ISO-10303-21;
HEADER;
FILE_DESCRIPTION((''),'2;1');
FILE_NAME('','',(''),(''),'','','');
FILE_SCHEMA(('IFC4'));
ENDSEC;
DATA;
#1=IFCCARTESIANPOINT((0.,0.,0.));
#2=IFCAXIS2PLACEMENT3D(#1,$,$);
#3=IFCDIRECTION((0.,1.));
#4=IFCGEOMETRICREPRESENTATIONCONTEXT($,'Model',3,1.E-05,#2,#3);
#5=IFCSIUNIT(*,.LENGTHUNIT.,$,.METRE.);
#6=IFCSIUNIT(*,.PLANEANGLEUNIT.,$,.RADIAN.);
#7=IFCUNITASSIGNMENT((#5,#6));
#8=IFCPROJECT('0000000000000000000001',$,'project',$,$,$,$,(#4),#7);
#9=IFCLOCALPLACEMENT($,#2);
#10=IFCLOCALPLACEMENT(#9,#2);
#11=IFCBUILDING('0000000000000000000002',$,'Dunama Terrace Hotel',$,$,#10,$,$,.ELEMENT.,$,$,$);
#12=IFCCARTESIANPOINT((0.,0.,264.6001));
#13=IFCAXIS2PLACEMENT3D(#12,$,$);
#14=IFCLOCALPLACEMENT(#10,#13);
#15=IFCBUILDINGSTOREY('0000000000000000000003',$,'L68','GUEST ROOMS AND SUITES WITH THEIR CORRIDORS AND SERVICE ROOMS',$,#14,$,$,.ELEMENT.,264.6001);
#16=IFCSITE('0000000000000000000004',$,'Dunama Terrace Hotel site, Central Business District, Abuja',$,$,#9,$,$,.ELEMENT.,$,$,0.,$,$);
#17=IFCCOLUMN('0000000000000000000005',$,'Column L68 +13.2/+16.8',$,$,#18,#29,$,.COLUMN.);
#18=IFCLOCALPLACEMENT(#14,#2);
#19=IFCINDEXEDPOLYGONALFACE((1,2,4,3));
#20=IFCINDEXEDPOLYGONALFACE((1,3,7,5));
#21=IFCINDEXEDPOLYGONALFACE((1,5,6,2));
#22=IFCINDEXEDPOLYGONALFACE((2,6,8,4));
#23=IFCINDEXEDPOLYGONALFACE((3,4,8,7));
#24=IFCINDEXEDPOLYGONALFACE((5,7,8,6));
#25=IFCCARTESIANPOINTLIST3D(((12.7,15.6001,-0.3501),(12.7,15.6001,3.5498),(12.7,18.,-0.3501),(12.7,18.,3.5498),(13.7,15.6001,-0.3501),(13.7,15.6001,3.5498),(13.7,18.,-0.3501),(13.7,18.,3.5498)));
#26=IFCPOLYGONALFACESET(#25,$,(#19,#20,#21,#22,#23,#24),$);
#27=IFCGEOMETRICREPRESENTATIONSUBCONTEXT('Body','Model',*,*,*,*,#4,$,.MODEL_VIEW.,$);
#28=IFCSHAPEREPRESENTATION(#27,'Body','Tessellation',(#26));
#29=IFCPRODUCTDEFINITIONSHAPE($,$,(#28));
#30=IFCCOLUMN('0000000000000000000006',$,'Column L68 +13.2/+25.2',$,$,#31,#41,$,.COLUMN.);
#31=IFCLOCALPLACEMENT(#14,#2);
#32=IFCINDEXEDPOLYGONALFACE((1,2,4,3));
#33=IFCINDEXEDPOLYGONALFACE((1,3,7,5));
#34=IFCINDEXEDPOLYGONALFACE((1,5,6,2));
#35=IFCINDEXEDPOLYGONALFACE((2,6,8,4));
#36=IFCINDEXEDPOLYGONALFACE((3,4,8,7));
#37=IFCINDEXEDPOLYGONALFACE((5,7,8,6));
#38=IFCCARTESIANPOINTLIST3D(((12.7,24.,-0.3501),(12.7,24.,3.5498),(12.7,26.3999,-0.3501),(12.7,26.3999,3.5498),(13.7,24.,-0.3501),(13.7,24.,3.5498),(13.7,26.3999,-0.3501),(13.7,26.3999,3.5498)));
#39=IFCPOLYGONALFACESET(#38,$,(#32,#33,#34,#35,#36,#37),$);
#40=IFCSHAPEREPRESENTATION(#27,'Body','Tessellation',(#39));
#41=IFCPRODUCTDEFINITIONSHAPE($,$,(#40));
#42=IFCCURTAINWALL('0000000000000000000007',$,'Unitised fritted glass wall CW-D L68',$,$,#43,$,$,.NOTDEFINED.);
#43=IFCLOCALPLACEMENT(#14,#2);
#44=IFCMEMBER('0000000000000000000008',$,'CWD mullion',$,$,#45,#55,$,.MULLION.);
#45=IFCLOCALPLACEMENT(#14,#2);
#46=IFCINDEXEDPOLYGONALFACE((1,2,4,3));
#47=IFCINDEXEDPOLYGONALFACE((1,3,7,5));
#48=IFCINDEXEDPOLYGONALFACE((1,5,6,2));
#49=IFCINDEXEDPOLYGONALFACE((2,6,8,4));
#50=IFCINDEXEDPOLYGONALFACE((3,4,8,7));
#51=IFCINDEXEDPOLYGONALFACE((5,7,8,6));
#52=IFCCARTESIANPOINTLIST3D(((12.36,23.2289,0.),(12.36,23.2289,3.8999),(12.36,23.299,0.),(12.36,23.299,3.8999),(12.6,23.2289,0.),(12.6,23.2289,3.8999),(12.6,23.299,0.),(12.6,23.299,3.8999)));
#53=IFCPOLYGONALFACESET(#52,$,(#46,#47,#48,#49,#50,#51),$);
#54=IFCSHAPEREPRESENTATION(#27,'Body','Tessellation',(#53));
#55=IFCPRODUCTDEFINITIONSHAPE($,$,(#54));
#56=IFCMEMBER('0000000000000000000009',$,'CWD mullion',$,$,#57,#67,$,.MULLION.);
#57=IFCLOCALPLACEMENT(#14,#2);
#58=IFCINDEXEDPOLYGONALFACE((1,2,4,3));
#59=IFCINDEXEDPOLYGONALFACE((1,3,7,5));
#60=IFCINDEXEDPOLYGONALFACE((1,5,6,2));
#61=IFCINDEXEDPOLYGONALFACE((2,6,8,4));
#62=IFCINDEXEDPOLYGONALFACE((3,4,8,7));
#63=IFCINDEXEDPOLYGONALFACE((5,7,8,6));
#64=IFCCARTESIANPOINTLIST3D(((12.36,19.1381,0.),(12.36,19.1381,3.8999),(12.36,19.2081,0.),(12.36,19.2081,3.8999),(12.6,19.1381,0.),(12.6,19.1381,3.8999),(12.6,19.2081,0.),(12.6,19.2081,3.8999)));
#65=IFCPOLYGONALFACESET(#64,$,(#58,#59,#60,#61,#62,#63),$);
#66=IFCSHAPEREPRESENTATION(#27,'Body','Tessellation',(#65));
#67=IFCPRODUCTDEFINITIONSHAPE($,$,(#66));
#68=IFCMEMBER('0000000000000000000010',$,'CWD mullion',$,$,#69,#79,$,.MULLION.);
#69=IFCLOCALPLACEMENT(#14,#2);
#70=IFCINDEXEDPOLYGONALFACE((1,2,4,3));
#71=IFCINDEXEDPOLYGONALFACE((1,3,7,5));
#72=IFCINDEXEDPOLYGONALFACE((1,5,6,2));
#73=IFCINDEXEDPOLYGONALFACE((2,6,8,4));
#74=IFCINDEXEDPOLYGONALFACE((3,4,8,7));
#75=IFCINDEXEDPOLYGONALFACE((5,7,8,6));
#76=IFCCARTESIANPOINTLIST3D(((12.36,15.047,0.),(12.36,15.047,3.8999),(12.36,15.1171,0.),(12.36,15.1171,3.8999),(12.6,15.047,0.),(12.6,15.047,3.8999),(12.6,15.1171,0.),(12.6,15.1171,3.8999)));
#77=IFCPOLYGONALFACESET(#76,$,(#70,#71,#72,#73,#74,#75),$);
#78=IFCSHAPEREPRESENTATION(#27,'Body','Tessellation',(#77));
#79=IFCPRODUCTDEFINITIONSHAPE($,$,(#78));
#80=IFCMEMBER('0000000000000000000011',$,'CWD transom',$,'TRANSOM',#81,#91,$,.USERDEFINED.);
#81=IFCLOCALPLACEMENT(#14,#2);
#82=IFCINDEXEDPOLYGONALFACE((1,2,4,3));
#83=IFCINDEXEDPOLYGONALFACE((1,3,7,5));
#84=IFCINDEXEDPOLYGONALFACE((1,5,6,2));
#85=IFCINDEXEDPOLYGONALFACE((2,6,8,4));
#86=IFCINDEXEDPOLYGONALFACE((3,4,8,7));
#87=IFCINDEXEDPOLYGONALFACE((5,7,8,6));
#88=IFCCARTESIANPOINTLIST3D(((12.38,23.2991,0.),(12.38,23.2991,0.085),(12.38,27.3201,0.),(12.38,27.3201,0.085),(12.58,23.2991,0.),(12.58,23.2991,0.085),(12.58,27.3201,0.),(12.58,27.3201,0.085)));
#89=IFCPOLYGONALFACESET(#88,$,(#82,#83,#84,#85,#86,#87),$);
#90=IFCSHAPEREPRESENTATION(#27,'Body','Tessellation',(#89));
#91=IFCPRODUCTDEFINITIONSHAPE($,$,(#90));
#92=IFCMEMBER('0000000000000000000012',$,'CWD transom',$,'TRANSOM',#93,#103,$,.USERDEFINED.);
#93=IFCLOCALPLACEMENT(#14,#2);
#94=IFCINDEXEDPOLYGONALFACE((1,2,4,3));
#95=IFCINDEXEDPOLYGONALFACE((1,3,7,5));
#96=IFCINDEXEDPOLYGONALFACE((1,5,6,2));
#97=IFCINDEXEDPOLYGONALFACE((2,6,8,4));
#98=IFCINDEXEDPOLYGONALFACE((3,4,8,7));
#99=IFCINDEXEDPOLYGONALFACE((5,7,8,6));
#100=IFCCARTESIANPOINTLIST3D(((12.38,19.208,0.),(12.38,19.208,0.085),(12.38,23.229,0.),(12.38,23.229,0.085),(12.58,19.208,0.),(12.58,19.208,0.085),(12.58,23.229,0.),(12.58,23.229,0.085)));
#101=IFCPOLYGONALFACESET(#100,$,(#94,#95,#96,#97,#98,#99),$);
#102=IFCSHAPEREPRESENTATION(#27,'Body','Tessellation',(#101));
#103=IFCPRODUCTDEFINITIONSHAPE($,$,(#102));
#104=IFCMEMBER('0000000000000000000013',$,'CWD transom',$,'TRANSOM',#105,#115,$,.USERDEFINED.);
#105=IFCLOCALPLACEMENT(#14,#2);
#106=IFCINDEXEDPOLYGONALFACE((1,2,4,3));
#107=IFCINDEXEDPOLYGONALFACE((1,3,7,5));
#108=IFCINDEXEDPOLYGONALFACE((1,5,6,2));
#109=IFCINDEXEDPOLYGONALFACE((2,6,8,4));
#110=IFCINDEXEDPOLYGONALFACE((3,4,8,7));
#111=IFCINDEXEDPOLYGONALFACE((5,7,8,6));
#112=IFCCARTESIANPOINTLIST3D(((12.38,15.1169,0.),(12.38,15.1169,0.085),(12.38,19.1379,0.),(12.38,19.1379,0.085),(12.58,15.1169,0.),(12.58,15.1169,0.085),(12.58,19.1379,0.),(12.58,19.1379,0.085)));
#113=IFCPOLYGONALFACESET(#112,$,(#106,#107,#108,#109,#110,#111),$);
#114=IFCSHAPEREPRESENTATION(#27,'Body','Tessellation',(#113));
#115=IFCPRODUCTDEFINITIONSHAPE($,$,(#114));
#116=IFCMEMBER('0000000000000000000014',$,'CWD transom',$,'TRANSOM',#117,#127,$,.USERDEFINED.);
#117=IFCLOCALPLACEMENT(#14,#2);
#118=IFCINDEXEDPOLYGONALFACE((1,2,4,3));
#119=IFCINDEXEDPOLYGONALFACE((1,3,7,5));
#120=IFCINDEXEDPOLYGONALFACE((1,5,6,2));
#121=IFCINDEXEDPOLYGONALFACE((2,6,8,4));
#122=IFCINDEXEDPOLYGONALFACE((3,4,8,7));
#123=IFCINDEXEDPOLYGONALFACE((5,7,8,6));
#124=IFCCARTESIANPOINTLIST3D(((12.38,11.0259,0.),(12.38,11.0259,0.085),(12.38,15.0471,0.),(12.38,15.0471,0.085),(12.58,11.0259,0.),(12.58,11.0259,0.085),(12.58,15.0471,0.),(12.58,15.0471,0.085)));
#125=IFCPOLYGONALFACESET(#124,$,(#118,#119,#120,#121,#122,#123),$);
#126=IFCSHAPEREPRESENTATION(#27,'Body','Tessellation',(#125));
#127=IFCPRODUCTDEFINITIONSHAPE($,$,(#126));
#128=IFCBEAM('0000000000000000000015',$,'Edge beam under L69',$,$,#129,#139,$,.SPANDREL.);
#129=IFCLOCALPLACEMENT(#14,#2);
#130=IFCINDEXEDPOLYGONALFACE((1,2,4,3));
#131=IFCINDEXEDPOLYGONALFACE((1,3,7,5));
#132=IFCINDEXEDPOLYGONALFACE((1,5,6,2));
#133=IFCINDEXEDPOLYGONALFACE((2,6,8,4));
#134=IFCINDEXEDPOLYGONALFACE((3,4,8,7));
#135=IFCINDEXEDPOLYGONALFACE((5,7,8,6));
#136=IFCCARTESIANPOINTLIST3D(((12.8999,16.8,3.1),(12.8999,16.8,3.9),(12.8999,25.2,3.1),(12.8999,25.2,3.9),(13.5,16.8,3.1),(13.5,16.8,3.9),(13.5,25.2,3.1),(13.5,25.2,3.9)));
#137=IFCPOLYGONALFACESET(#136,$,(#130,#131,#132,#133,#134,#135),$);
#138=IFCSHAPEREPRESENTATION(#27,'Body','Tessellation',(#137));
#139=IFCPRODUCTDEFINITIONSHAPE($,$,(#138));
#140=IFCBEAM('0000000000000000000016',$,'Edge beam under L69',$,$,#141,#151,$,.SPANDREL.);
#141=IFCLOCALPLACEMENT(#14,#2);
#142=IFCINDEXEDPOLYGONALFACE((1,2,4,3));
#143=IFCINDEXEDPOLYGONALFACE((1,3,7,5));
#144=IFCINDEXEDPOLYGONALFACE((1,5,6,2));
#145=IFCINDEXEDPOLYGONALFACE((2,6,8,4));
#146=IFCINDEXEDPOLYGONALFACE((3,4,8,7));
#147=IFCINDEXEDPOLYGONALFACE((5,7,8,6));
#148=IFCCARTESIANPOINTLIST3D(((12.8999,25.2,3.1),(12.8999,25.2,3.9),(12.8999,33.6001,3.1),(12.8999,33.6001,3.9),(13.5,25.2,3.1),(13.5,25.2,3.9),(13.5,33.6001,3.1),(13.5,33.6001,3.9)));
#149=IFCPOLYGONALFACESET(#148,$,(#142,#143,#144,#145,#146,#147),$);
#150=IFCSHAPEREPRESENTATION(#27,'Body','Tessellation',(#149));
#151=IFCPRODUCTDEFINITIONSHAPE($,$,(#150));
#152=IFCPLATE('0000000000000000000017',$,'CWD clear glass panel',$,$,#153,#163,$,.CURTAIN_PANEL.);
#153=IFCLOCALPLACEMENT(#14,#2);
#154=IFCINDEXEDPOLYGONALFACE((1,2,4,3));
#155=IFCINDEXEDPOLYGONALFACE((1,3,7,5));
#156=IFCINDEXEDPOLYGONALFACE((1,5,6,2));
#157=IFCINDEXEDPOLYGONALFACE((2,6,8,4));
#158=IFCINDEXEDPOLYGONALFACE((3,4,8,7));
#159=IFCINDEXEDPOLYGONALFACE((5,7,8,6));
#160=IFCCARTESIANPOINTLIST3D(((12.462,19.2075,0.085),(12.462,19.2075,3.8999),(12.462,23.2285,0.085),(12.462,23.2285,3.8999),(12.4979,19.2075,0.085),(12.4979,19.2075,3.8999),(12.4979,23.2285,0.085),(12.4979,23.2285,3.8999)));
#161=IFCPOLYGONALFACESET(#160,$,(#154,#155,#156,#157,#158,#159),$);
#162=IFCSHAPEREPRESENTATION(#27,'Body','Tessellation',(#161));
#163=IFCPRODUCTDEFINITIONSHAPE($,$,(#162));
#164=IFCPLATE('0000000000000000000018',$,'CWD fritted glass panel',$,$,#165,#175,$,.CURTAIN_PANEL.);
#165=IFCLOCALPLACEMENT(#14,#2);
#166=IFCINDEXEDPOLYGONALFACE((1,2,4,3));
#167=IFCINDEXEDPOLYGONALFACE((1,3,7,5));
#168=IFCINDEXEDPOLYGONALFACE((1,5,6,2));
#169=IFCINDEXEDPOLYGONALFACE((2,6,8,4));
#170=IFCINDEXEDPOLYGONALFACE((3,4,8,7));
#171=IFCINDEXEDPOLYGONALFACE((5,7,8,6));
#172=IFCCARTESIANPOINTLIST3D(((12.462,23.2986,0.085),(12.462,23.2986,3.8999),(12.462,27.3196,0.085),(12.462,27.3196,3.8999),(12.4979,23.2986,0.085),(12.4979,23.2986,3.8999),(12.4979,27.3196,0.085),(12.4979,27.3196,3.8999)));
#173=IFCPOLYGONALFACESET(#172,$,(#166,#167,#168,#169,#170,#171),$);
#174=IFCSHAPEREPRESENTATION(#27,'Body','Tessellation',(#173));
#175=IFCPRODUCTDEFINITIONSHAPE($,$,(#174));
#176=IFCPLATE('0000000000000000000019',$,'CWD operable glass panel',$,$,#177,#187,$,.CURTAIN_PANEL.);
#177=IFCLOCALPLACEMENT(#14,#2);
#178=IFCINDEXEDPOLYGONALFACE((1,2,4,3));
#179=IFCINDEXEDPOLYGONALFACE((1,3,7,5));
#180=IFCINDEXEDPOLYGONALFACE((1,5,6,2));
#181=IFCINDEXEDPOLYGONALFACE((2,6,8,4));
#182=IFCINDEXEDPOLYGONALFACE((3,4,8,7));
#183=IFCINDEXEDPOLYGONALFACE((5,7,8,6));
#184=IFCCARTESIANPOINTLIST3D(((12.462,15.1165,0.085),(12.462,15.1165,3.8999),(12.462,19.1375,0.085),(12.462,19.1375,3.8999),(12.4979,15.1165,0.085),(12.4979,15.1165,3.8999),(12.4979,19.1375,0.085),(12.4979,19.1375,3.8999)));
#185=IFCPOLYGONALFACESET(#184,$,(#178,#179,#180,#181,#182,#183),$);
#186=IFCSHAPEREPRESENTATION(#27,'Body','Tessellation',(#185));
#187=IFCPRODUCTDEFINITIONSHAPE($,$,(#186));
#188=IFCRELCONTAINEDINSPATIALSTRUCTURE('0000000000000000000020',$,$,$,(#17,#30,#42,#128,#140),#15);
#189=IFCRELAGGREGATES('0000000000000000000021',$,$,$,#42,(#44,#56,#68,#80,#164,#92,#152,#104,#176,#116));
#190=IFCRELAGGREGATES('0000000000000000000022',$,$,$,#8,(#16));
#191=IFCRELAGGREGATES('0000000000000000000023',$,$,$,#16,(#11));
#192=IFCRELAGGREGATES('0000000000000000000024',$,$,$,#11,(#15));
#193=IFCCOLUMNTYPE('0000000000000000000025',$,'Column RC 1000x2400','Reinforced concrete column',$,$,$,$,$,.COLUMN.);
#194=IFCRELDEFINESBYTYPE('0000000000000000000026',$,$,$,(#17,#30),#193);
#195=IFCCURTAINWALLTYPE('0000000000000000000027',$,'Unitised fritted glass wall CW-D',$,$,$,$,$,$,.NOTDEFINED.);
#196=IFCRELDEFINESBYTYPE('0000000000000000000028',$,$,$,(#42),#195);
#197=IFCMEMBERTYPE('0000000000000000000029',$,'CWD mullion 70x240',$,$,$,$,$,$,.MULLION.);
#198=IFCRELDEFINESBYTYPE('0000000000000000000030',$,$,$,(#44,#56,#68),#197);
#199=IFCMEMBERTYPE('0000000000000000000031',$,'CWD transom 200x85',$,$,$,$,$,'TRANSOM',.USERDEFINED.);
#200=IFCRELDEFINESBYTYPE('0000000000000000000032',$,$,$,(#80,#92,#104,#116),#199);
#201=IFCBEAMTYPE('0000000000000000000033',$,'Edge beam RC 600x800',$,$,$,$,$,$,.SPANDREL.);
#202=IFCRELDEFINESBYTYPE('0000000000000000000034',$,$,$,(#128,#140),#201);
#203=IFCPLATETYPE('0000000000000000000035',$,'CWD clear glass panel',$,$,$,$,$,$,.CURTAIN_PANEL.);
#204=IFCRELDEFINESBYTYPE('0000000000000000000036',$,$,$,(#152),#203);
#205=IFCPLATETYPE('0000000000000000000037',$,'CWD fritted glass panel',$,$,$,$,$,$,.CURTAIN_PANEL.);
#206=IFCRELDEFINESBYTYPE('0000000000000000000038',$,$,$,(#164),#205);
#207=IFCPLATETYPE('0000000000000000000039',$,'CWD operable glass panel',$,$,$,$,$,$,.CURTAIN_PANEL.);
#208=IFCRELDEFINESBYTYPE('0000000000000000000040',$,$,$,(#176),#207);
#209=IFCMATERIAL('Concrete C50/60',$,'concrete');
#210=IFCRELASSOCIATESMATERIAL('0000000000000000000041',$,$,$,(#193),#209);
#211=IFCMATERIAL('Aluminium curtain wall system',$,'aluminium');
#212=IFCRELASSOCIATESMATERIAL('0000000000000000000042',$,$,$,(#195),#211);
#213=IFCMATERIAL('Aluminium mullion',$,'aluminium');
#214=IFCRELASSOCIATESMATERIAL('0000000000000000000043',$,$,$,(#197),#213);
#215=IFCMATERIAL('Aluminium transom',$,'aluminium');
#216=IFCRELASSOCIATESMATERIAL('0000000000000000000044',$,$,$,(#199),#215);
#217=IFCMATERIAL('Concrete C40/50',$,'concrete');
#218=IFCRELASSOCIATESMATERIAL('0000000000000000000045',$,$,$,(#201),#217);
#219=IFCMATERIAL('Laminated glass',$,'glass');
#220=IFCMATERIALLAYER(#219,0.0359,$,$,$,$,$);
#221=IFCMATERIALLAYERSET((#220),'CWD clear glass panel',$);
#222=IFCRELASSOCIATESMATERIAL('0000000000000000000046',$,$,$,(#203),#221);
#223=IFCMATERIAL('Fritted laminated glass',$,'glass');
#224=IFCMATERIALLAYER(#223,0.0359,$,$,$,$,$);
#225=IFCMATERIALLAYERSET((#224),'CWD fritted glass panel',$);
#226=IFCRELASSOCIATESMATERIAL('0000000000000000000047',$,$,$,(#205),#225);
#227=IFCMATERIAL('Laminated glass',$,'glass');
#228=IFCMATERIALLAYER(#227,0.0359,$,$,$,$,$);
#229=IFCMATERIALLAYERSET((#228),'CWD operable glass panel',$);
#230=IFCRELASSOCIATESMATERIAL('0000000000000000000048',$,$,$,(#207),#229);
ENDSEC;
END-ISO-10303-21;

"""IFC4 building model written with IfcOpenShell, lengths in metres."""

from ifc_helpers import new_model, si_unit, direction, frame, origin, origin_2d, place, context, subcontext, project, spatial, rectangle, extrude, material, layer, layer_set, material_profile, profile_set, type_object, element, aggregate, save


model = new_model("IFC4")

# Units and contexts
model_context = context("Model", 3, precision=1e-05, world=origin(), true_north=direction((0.0, 1.0)))
body_context = subcontext(model_context, "Body", "Model", "MODEL_VIEW")
ifc_project = project(units=[si_unit("LENGTHUNIT", "METRE"), si_unit("PLANEANGLEUNIT", "RADIAN")], contexts=[model_context])

# Site, building, storey
site_placement = place(None, origin())
site = spatial("IfcSite", under=ifc_project, at=site_placement, Name="Dunama Terrace Hotel site, Central Business District, Abuja", CompositionType="ELEMENT", RefElevation=0.0)
building_placement = place(site_placement, origin())
building = spatial("IfcBuilding", under=site, at=building_placement, Name="Dunama Terrace Hotel", CompositionType="ELEMENT")
storey_placement = place(building_placement, frame((0.0, 0.0, 264.6001)))
storey = spatial("IfcBuildingStorey", under=building, at=storey_placement, Name="L68", Description="GUEST ROOMS AND SUITES WITH THEIR CORRIDORS AND SERVICE ROOMS", CompositionType="ELEMENT", Elevation=264.6001)

# Columns
ifc_material_1 = material(Name="Concrete C50/60", Category="concrete")
ifc_material_profile_1 = material_profile(ifc_material_1, rectangle(XDim=1.0, YDim=2.3999, at=origin_2d()), Name="RC 1000x2400")
ifc_profile_set_1 = profile_set([ifc_material_profile_1], Name="Concrete C50/60")
column_type = type_object("IfcColumnType", Name="Column RC 1000x2400", Description="Reinforced concrete column", PredefinedType="COLUMN", material=ifc_profile_set_1)
for number, where, z_axis, x_axis, name in (
    (1, (13.2, 16.8, -0.3501), (0.0, 0.0, 1.0), (1.0, 0.0, 0.0), "Column L68 +13.2/+16.8"),
    (2, (13.2, 25.2, -0.3501), (0.0, 0.0, 1.0), (1.0, 0.0, 0.0), "Column L68 +13.2/+25.2"),
):
    element("IfcColumn", number, at=place(storey_placement, frame(where, z_axis=z_axis, x_axis=x_axis)), inside=storey, type_object=column_type, Name=name, PredefinedType="COLUMN", context=body_context, shape_type="SweptSolid", body=[
        extrude(rectangle(XDim=1.0, YDim=2.3999, at=origin_2d()), origin(), (0.0, 0.0, 1.0), 3.8999),
    ])

# Curtain wall, members
ifc_material_2 = material(Name="Aluminium curtain wall system", Category="aluminium")
curtain_wall_type = type_object("IfcCurtainWallType", Name="Unitised fritted glass wall CW-D", PredefinedType="NOTDEFINED", material=ifc_material_2)
curtain_wall_placement = place(storey_placement, origin())
curtain_wall = element("IfcCurtainWall", 3, at=curtain_wall_placement, inside=storey, type_object=curtain_wall_type, Name="Unitised fritted glass wall CW-D L68", PredefinedType="NOTDEFINED")
ifc_material_3 = material(Name="Aluminium mullion", Category="aluminium")
ifc_material_profile_2 = material_profile(ifc_material_3, rectangle(XDim=0.0701, YDim=0.24, at=origin_2d()), Name="CWD MULLION 70X240")
ifc_profile_set_2 = profile_set([ifc_material_profile_2], Name="Aluminium mullion")
member_type_1 = type_object("IfcMemberType", Name="CWD mullion 70x240", PredefinedType="MULLION", material=ifc_profile_set_2)
member_1_placement = place(storey_placement, frame((12.48, 23.2639, 0.0), z_axis=(0.0, 0.0, 1.0), x_axis=(0.0, -1.0, 0.0)))
member_1 = element("IfcMember", 4, at=member_1_placement, type_object=member_type_1, Name="CWD mullion", PredefinedType="MULLION", context=body_context, shape_type="SweptSolid", body=[
    extrude(rectangle(XDim=0.0701, YDim=0.24, at=origin_2d()), origin(), (0.0, 0.0, 1.0), 3.8999),
])
member_2_placement = place(storey_placement, frame((12.48, 19.1731, 0.0), z_axis=(0.0, 0.0, 1.0), x_axis=(0.0, -1.0, 0.0)))
member_2 = element("IfcMember", 5, at=member_2_placement, type_object=member_type_1, Name="CWD mullion", PredefinedType="MULLION", context=body_context, shape_type="SweptSolid", body=[
    extrude(rectangle(XDim=0.0701, YDim=0.24, at=origin_2d()), origin(), (0.0, 0.0, 1.0), 3.8999),
])
member_3_placement = place(storey_placement, frame((12.48, 15.082, 0.0), z_axis=(0.0, 0.0, 1.0), x_axis=(0.0, -1.0, 0.0)))
member_3 = element("IfcMember", 6, at=member_3_placement, type_object=member_type_1, Name="CWD mullion", PredefinedType="MULLION", context=body_context, shape_type="SweptSolid", body=[
    extrude(rectangle(XDim=0.0701, YDim=0.24, at=origin_2d()), origin(), (0.0, 0.0, 1.0), 3.8999),
])
ifc_material_4 = material(Name="Aluminium transom", Category="aluminium")
ifc_material_profile_3 = material_profile(ifc_material_4, rectangle(XDim=0.2, YDim=0.085, at=origin_2d()), Name="CWD TRANSOM 200X85")
ifc_profile_set_3 = profile_set([ifc_material_profile_3], Name="Aluminium transom")
member_type_2 = type_object("IfcMemberType", Name="CWD transom 200x85", ElementType="TRANSOM", PredefinedType="USERDEFINED", material=ifc_profile_set_3)
member_4_placement = place(storey_placement, frame((12.48, 27.3201, 0.0425), z_axis=(0.0, -1.0, 0.0), x_axis=(1.0, 0.0, 0.0)))
member_4 = element("IfcMember", 7, at=member_4_placement, type_object=member_type_2, Name="CWD transom", ObjectType="TRANSOM", PredefinedType="USERDEFINED", context=body_context, shape_type="SweptSolid", body=[
    extrude(rectangle(XDim=0.2, YDim=0.085, at=origin_2d()), origin(), (0.0, 0.0, 1.0), 4.021),
])
member_5_placement = place(storey_placement, frame((12.48, 23.229, 0.0425), z_axis=(0.0, -1.0, 0.0), x_axis=(1.0, 0.0, 0.0)))
member_5 = element("IfcMember", 8, at=member_5_placement, type_object=member_type_2, Name="CWD transom", ObjectType="TRANSOM", PredefinedType="USERDEFINED", context=body_context, shape_type="SweptSolid", body=[
    extrude(rectangle(XDim=0.2, YDim=0.085, at=origin_2d()), origin(), (0.0, 0.0, 1.0), 4.021),
])
member_6_placement = place(storey_placement, frame((12.48, 19.1379, 0.0425), z_axis=(0.0, -1.0, 0.0), x_axis=(1.0, 0.0, 0.0)))
member_6 = element("IfcMember", 9, at=member_6_placement, type_object=member_type_2, Name="CWD transom", ObjectType="TRANSOM", PredefinedType="USERDEFINED", context=body_context, shape_type="SweptSolid", body=[
    extrude(rectangle(XDim=0.2, YDim=0.085, at=origin_2d()), origin(), (0.0, 0.0, 1.0), 4.021),
])
member_7_placement = place(storey_placement, frame((12.48, 15.0471, 0.0425), z_axis=(0.0, -1.0, 0.0), x_axis=(1.0, 0.0, 0.0)))
member_7 = element("IfcMember", 10, at=member_7_placement, type_object=member_type_2, Name="CWD transom", ObjectType="TRANSOM", PredefinedType="USERDEFINED", context=body_context, shape_type="SweptSolid", body=[
    extrude(rectangle(XDim=0.2, YDim=0.085, at=origin_2d()), origin(), (0.0, 0.0, 1.0), 4.0212),
])

# Beams
ifc_material_5 = material(Name="Concrete C40/50", Category="concrete")
ifc_material_profile_4 = material_profile(ifc_material_5, rectangle(XDim=0.6001, YDim=0.8, at=origin_2d()), Name="RC 600x800")
ifc_profile_set_4 = profile_set([ifc_material_profile_4], Name="Concrete C40/50")
beam_type = type_object("IfcBeamType", Name="Edge beam RC 600x800", PredefinedType="SPANDREL", material=ifc_profile_set_4)
beam_1_placement = place(storey_placement, frame((13.2, 16.8, 3.5), z_axis=(0.0, 1.0, 0.0), x_axis=(-1.0, 0.0, 0.0)))
element("IfcBeam", 11, at=beam_1_placement, inside=storey, type_object=beam_type, Name="Edge beam under L69", PredefinedType="SPANDREL", context=body_context, shape_type="SweptSolid", body=[
    extrude(rectangle(XDim=0.6001, YDim=0.8, at=origin_2d()), origin(), (0.0, 0.0, 1.0), 8.3999),
])
beam_2_placement = place(storey_placement, frame((13.2, 25.2, 3.5), z_axis=(0.0, 1.0, 0.0), x_axis=(-1.0, 0.0, 0.0)))
element("IfcBeam", 12, at=beam_2_placement, inside=storey, type_object=beam_type, Name="Edge beam under L69", PredefinedType="SPANDREL", context=body_context, shape_type="SweptSolid", body=[
    extrude(rectangle(XDim=0.6001, YDim=0.8, at=origin_2d()), origin(), (0.0, 0.0, 1.0), 8.4001),
])

# Plates
ifc_material_6 = material(Name="Laminated glass", Category="glass")
ifc_layer_1 = layer(ifc_material_6, 0.0359)
ifc_layer_set_1 = layer_set([ifc_layer_1], Name="CWD clear glass panel")
plate_type_1 = type_object("IfcPlateType", Name="CWD clear glass panel", PredefinedType="CURTAIN_PANEL", material=ifc_layer_set_1)
plate_1_placement = place(storey_placement, frame((12.48, 21.218, 0.085), z_axis=(0.0, 0.0, 1.0), x_axis=(0.0, -1.0, 0.0)))
plate_1 = element("IfcPlate", 13, at=plate_1_placement, type_object=plate_type_1, Name="CWD clear glass panel", PredefinedType="CURTAIN_PANEL", context=body_context, shape_type="SweptSolid", body=[
    extrude(rectangle(XDim=4.021, YDim=0.0359, at=origin_2d()), origin(), (0.0, 0.0, 1.0), 3.8149),
])
ifc_material_7 = material(Name="Fritted laminated glass", Category="glass")
ifc_layer_2 = layer(ifc_material_7, 0.0359)
ifc_layer_set_2 = layer_set([ifc_layer_2], Name="CWD fritted glass panel")
plate_type_2 = type_object("IfcPlateType", Name="CWD fritted glass panel", PredefinedType="CURTAIN_PANEL", material=ifc_layer_set_2)
plate_2_placement = place(storey_placement, frame((12.48, 25.3091, 0.085), z_axis=(0.0, 0.0, 1.0), x_axis=(0.0, -1.0, 0.0)))
plate_2 = element("IfcPlate", 14, at=plate_2_placement, type_object=plate_type_2, Name="CWD fritted glass panel", PredefinedType="CURTAIN_PANEL", context=body_context, shape_type="SweptSolid", body=[
    extrude(rectangle(XDim=4.021, YDim=0.0359, at=origin_2d()), origin(), (0.0, 0.0, 1.0), 3.8149),
])
ifc_material_8 = material(Name="Laminated glass", Category="glass")
ifc_layer_3 = layer(ifc_material_8, 0.0359)
ifc_layer_set_3 = layer_set([ifc_layer_3], Name="CWD operable glass panel")
plate_type_3 = type_object("IfcPlateType", Name="CWD operable glass panel", PredefinedType="CURTAIN_PANEL", material=ifc_layer_set_3)
plate_3_placement = place(storey_placement, frame((12.48, 17.127, 0.085), z_axis=(0.0, 0.0, 1.0), x_axis=(0.0, -1.0, 0.0)))
plate_3 = element("IfcPlate", 15, at=plate_3_placement, type_object=plate_type_3, Name="CWD operable glass panel", PredefinedType="CURTAIN_PANEL", context=body_context, shape_type="SweptSolid", body=[
    extrude(rectangle(XDim=4.021, YDim=0.0359, at=origin_2d()), origin(), (0.0, 0.0, 1.0), 3.8149),
])
aggregate(curtain_wall, [member_1, member_2, member_3, member_4, plate_2, member_5, plate_1, member_6, plate_3, member_7])

save(model, "model.ifc")
